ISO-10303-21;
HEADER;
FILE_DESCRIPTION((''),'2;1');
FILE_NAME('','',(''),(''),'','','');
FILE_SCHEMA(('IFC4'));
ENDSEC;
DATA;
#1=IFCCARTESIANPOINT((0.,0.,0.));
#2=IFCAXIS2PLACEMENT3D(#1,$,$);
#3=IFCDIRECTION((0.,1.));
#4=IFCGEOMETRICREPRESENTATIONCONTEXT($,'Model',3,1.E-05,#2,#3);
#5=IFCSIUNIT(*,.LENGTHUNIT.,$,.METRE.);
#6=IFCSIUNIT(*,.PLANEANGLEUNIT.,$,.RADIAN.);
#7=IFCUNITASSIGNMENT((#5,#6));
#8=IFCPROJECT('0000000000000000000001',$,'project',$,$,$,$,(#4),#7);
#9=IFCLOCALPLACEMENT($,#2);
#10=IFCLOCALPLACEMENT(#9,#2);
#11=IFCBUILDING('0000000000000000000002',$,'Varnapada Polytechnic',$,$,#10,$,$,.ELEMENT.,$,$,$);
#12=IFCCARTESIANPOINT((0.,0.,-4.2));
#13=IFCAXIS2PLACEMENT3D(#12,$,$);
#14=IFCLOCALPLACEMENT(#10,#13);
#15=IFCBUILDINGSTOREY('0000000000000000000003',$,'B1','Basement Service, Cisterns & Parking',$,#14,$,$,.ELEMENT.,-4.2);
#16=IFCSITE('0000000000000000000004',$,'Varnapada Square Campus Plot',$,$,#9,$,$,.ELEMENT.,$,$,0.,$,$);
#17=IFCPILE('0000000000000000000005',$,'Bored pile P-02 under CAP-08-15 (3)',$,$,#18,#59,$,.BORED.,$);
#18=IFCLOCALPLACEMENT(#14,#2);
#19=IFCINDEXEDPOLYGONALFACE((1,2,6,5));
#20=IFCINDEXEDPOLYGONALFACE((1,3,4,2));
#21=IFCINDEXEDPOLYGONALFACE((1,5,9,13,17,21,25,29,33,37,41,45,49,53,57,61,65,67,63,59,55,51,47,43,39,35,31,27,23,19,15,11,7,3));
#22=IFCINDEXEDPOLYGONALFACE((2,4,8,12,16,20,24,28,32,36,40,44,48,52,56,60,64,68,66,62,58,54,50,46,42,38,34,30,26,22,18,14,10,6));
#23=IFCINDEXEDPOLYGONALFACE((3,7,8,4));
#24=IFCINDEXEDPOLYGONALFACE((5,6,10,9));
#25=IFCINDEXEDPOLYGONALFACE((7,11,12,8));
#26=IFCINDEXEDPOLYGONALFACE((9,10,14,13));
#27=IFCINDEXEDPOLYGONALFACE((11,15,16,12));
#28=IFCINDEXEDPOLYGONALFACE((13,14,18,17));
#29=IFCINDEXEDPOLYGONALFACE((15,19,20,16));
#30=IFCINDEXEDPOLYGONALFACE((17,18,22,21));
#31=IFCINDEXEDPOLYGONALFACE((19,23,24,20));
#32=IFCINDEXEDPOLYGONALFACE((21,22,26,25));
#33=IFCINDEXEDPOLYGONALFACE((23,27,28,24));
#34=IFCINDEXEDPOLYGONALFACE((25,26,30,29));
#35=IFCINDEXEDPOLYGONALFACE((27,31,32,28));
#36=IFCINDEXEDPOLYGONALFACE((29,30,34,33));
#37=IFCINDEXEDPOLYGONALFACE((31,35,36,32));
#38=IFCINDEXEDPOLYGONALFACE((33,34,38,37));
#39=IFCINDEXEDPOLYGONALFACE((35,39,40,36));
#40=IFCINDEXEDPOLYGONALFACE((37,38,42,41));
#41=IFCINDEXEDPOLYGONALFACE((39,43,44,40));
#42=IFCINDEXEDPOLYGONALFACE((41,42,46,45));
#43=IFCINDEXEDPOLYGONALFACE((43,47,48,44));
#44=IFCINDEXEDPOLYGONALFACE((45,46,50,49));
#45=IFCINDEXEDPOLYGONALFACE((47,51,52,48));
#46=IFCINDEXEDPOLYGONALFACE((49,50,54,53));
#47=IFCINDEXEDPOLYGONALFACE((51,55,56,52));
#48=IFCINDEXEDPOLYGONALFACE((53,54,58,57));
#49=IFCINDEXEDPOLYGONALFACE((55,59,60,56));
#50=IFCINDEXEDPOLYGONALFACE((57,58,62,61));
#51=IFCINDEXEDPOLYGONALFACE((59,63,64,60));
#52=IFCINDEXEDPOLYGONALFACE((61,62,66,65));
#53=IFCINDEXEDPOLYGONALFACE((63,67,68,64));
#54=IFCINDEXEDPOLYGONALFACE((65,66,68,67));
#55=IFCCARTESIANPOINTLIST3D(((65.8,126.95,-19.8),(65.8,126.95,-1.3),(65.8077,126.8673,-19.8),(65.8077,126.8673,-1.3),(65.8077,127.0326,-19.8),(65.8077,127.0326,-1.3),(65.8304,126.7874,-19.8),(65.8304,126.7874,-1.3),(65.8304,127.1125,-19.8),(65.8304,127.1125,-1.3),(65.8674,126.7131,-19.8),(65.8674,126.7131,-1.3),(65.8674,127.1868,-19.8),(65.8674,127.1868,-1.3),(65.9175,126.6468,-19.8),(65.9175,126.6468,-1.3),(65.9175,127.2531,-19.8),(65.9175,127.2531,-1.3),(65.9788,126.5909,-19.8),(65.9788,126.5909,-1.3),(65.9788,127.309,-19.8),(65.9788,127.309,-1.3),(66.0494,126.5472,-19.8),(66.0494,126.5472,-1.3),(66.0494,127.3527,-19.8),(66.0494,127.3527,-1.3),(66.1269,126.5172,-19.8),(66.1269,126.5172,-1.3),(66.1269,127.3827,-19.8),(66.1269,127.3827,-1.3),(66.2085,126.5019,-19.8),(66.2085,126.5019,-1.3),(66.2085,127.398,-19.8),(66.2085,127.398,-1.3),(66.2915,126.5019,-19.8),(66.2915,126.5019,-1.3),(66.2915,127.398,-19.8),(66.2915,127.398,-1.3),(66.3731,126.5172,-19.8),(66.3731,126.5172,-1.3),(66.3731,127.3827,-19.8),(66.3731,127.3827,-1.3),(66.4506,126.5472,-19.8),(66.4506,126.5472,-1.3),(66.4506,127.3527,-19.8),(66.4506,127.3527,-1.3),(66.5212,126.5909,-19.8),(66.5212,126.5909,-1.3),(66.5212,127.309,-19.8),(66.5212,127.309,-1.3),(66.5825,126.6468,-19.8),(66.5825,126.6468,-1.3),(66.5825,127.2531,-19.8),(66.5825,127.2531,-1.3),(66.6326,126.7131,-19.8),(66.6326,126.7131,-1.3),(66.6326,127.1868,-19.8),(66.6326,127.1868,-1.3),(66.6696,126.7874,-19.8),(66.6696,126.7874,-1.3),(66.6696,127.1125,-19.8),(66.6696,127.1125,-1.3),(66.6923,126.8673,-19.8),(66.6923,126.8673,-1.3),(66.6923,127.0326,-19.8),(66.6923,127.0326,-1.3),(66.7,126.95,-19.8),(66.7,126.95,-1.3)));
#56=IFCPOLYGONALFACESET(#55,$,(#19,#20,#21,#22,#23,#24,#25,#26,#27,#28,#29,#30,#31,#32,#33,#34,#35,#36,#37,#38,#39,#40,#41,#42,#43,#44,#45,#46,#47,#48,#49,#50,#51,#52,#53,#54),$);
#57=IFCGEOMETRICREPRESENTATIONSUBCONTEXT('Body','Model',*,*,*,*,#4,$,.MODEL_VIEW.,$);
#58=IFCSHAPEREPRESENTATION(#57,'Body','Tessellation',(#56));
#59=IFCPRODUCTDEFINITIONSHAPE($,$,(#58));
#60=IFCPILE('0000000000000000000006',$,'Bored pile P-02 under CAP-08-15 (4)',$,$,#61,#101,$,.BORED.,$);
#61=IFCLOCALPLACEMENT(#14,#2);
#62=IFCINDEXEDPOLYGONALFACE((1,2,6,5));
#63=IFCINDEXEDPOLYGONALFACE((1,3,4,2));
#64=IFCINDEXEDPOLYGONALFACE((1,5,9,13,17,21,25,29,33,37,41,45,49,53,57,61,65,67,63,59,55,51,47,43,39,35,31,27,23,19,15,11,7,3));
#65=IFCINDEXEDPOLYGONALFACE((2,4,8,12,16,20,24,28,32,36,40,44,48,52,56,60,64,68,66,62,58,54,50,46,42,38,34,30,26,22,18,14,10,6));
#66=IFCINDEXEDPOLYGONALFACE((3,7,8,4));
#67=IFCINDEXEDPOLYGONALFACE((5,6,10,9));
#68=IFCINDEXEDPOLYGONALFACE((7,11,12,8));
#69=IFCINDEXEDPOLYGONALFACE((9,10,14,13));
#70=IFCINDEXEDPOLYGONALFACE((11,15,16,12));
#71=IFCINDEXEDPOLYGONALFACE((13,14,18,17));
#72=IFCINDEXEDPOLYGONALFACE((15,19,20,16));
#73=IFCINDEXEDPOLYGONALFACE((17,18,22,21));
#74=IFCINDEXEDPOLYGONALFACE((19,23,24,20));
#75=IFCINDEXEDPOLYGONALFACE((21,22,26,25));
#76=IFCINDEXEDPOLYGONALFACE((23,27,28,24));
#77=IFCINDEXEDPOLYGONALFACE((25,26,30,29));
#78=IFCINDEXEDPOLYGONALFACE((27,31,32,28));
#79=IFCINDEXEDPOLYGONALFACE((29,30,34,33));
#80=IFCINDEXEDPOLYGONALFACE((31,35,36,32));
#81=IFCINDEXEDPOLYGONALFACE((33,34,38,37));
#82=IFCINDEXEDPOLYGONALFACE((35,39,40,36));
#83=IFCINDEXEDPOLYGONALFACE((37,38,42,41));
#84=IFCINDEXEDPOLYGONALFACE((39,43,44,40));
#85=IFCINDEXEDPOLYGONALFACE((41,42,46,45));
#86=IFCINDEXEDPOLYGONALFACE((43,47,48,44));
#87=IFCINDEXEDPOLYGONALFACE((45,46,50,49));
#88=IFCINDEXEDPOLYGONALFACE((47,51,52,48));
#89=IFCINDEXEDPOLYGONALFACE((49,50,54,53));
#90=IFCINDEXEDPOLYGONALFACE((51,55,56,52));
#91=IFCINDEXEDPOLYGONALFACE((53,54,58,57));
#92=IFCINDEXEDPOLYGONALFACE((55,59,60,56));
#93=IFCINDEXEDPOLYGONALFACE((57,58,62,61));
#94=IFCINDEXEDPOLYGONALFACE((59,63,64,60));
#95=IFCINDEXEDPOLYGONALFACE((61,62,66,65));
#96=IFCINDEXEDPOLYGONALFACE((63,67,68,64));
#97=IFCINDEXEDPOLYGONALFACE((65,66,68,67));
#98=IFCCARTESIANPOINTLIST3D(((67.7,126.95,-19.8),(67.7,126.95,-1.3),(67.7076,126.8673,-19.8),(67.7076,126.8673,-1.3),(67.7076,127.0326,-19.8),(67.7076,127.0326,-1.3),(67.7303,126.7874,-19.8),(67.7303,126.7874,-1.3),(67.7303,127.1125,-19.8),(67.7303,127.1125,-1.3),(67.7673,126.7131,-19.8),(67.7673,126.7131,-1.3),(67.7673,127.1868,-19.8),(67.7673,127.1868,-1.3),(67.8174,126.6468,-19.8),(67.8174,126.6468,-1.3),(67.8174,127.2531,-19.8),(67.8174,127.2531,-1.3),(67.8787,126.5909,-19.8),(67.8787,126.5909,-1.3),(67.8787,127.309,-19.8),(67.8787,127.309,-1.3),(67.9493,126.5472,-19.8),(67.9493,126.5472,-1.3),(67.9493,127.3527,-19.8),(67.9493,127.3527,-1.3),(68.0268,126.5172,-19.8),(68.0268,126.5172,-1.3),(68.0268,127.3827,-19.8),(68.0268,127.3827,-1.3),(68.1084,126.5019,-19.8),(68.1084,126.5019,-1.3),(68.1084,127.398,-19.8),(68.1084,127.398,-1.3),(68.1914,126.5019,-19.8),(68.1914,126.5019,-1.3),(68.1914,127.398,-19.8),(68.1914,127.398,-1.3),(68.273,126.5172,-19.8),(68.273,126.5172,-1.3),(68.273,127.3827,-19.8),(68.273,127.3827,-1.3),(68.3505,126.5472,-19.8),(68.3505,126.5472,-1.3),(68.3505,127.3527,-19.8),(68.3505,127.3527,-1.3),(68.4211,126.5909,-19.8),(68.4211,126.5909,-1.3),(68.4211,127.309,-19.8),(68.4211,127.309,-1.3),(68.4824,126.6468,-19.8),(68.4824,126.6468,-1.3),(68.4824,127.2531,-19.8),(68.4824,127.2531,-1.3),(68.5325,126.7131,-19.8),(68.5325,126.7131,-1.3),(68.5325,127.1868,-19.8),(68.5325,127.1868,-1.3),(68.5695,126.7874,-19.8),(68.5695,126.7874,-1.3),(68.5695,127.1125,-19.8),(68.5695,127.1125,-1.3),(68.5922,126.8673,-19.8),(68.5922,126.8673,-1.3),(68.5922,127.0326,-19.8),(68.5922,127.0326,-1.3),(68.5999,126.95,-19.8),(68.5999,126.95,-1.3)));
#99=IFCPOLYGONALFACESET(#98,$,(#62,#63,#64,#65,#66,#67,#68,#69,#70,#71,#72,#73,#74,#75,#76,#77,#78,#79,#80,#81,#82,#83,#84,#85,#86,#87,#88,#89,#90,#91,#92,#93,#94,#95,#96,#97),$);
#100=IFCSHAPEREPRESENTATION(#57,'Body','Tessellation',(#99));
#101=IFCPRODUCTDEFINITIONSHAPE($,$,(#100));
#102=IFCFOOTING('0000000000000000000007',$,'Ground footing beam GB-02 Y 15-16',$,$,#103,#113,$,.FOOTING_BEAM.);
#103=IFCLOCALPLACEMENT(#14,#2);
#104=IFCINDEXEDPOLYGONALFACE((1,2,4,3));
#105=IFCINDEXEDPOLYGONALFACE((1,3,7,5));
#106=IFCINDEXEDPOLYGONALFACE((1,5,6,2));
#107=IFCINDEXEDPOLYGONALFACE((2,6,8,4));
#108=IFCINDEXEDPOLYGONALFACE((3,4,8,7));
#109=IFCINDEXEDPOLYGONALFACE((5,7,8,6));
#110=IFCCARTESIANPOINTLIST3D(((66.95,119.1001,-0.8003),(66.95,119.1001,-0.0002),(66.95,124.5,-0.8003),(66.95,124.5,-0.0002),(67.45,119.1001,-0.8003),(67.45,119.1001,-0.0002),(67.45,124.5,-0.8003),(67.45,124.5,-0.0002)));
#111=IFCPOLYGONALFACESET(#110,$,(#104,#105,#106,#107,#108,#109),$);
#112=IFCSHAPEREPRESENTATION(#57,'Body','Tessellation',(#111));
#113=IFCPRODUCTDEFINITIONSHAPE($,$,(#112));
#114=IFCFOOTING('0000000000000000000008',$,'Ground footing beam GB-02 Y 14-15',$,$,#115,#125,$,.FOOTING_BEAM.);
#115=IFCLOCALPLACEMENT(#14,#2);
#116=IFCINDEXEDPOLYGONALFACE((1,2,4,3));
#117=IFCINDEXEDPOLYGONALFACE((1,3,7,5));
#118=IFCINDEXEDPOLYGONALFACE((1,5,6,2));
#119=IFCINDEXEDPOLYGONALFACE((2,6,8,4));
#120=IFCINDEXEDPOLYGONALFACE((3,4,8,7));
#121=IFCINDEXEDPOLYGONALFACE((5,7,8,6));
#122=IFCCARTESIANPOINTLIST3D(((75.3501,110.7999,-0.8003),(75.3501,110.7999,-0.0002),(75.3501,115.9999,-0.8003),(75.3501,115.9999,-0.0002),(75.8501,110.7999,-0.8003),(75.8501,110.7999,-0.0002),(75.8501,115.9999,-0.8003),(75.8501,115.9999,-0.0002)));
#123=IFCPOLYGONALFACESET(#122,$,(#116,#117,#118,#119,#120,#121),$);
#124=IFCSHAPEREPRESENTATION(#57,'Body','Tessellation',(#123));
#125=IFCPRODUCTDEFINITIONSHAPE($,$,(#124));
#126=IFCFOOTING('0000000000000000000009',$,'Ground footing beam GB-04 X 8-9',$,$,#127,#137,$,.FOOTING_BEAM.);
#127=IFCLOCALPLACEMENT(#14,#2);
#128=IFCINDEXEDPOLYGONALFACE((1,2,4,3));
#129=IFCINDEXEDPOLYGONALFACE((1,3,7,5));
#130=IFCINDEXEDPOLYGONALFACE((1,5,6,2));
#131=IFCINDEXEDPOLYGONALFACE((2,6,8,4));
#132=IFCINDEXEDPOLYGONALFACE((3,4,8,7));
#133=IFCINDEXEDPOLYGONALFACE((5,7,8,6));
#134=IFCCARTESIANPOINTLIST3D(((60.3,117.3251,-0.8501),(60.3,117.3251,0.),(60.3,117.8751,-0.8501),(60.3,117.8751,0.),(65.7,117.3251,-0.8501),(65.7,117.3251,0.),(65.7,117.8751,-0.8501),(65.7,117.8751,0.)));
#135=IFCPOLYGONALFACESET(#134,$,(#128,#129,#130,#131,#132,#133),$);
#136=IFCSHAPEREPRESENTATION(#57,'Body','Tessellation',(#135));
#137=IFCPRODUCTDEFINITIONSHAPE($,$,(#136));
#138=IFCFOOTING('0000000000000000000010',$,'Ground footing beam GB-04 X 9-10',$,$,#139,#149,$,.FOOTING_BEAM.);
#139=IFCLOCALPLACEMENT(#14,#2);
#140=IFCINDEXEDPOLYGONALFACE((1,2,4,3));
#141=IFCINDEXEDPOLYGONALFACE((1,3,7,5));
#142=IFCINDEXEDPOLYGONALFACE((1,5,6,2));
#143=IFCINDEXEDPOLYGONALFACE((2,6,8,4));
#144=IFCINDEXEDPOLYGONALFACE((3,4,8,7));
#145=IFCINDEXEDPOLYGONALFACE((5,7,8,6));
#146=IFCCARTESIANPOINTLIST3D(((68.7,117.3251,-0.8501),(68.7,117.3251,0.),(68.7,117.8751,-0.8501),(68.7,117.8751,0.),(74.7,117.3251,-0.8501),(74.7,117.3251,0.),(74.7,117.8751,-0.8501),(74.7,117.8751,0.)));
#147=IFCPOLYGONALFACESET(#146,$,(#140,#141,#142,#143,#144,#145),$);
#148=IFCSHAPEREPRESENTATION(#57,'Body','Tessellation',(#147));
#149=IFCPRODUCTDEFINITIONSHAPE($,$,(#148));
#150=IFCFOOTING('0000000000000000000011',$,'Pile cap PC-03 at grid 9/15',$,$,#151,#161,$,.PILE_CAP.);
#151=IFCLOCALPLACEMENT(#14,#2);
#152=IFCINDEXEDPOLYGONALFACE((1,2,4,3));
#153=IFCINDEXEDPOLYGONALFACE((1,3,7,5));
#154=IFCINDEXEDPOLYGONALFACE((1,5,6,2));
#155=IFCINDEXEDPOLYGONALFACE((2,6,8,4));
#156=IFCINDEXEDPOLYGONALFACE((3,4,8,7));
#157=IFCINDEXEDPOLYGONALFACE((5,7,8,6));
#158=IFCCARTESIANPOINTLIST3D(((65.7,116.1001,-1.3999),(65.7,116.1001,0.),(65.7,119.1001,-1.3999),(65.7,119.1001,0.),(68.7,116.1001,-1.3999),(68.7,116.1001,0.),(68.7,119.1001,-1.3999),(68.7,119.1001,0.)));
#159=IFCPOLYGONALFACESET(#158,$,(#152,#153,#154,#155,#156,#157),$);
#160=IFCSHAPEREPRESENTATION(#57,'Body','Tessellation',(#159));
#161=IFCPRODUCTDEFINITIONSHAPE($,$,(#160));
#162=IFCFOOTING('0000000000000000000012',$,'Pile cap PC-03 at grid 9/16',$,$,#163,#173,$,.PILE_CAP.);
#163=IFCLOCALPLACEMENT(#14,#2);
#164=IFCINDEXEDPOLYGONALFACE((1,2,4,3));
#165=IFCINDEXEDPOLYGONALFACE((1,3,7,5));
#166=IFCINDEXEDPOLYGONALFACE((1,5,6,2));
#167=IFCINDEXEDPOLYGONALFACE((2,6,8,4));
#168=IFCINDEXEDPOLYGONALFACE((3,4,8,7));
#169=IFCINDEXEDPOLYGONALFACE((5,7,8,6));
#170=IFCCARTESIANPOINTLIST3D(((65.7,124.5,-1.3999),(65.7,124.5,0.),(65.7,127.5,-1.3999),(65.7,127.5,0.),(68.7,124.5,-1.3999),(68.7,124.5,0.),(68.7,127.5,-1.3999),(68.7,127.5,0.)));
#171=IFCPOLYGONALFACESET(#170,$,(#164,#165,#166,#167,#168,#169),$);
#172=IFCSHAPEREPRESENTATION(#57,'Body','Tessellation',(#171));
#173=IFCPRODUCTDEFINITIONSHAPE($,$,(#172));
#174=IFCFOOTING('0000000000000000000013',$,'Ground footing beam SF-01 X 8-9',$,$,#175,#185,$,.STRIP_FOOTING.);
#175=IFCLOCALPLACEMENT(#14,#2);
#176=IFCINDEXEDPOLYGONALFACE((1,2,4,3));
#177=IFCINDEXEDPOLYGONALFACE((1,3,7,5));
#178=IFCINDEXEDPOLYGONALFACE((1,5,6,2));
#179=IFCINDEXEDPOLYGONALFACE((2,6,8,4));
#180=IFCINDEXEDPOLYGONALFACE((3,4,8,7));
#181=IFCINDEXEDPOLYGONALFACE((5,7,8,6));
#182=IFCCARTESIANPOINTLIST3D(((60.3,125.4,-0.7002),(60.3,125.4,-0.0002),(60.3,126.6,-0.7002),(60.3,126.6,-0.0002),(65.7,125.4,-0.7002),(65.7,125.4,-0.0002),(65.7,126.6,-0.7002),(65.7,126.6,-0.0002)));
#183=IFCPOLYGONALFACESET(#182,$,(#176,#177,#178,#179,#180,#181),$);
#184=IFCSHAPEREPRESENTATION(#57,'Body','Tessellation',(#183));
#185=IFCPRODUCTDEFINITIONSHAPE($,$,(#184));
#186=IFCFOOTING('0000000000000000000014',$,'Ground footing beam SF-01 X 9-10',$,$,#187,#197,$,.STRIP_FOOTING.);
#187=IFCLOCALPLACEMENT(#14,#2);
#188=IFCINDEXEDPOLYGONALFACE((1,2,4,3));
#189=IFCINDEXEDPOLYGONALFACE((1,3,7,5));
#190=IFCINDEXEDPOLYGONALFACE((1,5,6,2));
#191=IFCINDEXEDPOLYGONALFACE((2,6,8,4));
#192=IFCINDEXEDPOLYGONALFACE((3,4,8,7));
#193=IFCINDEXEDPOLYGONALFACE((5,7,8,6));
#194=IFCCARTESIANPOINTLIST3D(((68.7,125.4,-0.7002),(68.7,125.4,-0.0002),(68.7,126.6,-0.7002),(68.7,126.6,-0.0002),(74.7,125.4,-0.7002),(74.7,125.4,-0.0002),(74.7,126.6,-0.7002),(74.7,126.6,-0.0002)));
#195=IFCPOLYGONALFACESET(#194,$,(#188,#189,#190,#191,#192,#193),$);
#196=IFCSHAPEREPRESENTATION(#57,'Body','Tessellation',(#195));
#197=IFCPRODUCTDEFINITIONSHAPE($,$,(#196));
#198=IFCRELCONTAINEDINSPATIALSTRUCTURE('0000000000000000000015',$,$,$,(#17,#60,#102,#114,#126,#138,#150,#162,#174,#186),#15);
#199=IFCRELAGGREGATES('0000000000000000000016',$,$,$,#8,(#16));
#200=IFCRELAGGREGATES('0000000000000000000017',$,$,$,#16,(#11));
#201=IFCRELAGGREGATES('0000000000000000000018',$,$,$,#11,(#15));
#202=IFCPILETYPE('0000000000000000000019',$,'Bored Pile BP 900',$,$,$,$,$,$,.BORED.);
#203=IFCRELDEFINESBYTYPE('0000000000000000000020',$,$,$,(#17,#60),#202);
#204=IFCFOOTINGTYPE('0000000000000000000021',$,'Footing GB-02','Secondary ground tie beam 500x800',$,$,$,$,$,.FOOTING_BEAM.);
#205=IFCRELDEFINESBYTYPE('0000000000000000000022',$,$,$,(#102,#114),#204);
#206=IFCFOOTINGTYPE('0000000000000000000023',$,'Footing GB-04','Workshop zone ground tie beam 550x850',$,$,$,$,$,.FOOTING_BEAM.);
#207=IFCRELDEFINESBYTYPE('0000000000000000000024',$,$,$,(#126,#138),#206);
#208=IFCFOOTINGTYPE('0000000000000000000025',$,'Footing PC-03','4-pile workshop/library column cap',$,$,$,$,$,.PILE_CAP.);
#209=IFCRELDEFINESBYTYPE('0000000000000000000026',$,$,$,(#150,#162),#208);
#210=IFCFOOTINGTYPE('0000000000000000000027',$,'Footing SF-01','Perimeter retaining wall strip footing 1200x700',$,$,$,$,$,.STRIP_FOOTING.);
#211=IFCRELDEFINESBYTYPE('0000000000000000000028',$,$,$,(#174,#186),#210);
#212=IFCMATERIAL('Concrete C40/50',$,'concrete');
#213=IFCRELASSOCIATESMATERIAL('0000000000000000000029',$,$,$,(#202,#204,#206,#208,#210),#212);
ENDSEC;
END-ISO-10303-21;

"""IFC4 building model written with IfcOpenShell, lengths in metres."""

from ifc_helpers import new_model, si_unit, direction, frame, origin, origin_2d, place, context, subcontext, project, spatial, rectangle, circle, extrude, material, material_profile, profile_set, type_object, element, save


model = new_model("IFC4")

# Units and contexts
model_context = context("Model", 3, precision=1e-05, world=origin(), true_north=direction((0.0, 1.0)))
body_context = subcontext(model_context, "Body", "Model", "MODEL_VIEW")
ifc_project = project(units=[si_unit("LENGTHUNIT", "METRE"), si_unit("PLANEANGLEUNIT", "RADIAN")], contexts=[model_context])

# Site, building, storey
site_placement = place(None, origin())
site = spatial("IfcSite", under=ifc_project, at=site_placement, Name="Varnapada Square Campus Plot", CompositionType="ELEMENT", RefElevation=0.0)
building_placement = place(site_placement, origin())
building = spatial("IfcBuilding", under=site, at=building_placement, Name="Varnapada Polytechnic", CompositionType="ELEMENT")
storey_placement = place(building_placement, frame((0.0, 0.0, -4.2)))
storey = spatial("IfcBuildingStorey", under=building, at=storey_placement, Name="B1", Description="Basement Service, Cisterns & Parking", CompositionType="ELEMENT", Elevation=-4.2)

# Piles
ifc_material_1 = material(Name="Concrete C40/50", Category="concrete")
ifc_material_profile_1 = material_profile(ifc_material_1, circle(Radius=0.45, at=origin_2d()), Name="BP 900")
ifc_profile_set_1 = profile_set([ifc_material_profile_1], Name="Concrete C40/50")
pile_type_1 = type_object("IfcPileType", Name="Bored Pile BP 900", PredefinedType="BORED", material=ifc_profile_set_1)
for number, where, z_axis, x_axis, name in (
    (1, (66.25, 126.95, -1.3), (0.0, 0.0, -1.0), (1.0, 0.0, 0.0), "Bored pile P-02 under CAP-08-15 (3)"),
    (2, (68.1499, 126.95, -1.3), (0.0, 0.0, -1.0), (1.0, 0.0, 0.0), "Bored pile P-02 under CAP-08-15 (4)"),
):
    element("IfcPile", number, at=place(storey_placement, frame(where, z_axis=z_axis, x_axis=x_axis)), inside=storey, type_object=pile_type_1, Name=name, PredefinedType="BORED", context=body_context, shape_type="SweptSolid", body=[
        extrude(circle(Radius=0.45, at=origin_2d()), origin(), (0.0, 0.0, 1.0), 18.5),
    ])

# Footings
footing_type_1 = type_object("IfcFootingType", Name="Footing GB-02", Description="Secondary ground tie beam 500x800", PredefinedType="FOOTING_BEAM", material=ifc_material_1)
footing_1_placement = place(storey_placement, frame((67.2, 121.8, -0.8003), z_axis=(0.0, 0.0, 1.0), x_axis=(0.0, 1.0, 0.0)))
element("IfcFooting", 3, at=footing_1_placement, inside=storey, type_object=footing_type_1, Name="Ground footing beam GB-02 Y 15-16", PredefinedType="FOOTING_BEAM", context=body_context, shape_type="SweptSolid", body=[
    extrude(rectangle(XDim=5.3999, YDim=0.5, at=origin_2d()), origin(), (0.0, 0.0, 1.0), 0.8),
])
footing_2_placement = place(storey_placement, frame((75.6001, 113.3999, -0.8003), z_axis=(0.0, 0.0, 1.0), x_axis=(0.0, 1.0, 0.0)))
element("IfcFooting", 4, at=footing_2_placement, inside=storey, type_object=footing_type_1, Name="Ground footing beam GB-02 Y 14-15", PredefinedType="FOOTING_BEAM", context=body_context, shape_type="SweptSolid", body=[
    extrude(rectangle(XDim=5.2, YDim=0.5, at=origin_2d()), origin(), (0.0, 0.0, 1.0), 0.8),
])
footing_type_2 = type_object("IfcFootingType", Name="Footing GB-04", Description="Workshop zone ground tie beam 550x850", PredefinedType="FOOTING_BEAM", material=ifc_material_1)
footing_3_placement = place(storey_placement, frame((63.0, 117.6001, -0.8501), z_axis=(0.0, 0.0, 1.0), x_axis=(1.0, 0.0, 0.0)))
element("IfcFooting", 5, at=footing_3_placement, inside=storey, type_object=footing_type_2, Name="Ground footing beam GB-04 X 8-9", PredefinedType="FOOTING_BEAM", context=body_context, shape_type="SweptSolid", body=[
    extrude(rectangle(XDim=5.3999, YDim=0.55, at=origin_2d()), origin(), (0.0, 0.0, 1.0), 0.8501),
])
footing_4_placement = place(storey_placement, frame((71.7, 117.6001, -0.8501), z_axis=(0.0, 0.0, 1.0), x_axis=(1.0, 0.0, 0.0)))
element("IfcFooting", 6, at=footing_4_placement, inside=storey, type_object=footing_type_2, Name="Ground footing beam GB-04 X 9-10", PredefinedType="FOOTING_BEAM", context=body_context, shape_type="SweptSolid", body=[
    extrude(rectangle(XDim=6.0, YDim=0.55, at=origin_2d()), origin(), (0.0, 0.0, 1.0), 0.8501),
])
footing_type_3 = type_object("IfcFootingType", Name="Footing PC-03", Description="4-pile workshop/library column cap", PredefinedType="PILE_CAP", material=ifc_material_1)
for number, where, z_axis, x_axis, name in (
    (7, (67.2, 117.6001, -1.3999), (0.0, 0.0, 1.0), (1.0, 0.0, 0.0), "Pile cap PC-03 at grid 9/15"),
    (8, (67.2, 126.0, -1.3999), (0.0, 0.0, 1.0), (1.0, 0.0, 0.0), "Pile cap PC-03 at grid 9/16"),
):
    element("IfcFooting", number, at=place(storey_placement, frame(where, z_axis=z_axis, x_axis=x_axis)), inside=storey, type_object=footing_type_3, Name=name, PredefinedType="PILE_CAP", context=body_context, shape_type="SweptSolid", body=[
        extrude(rectangle(XDim=3.0, YDim=3.0, at=origin_2d()), origin(), (0.0, 0.0, 1.0), 1.3999),
    ])
footing_type_4 = type_object("IfcFootingType", Name="Footing SF-01", Description="Perimeter retaining wall strip footing 1200x700", PredefinedType="STRIP_FOOTING", material=ifc_material_1)
footing_5_placement = place(storey_placement, frame((63.0, 126.0, -0.7002), z_axis=(0.0, 0.0, 1.0), x_axis=(1.0, 0.0, 0.0)))
element("IfcFooting", 9, at=footing_5_placement, inside=storey, type_object=footing_type_4, Name="Ground footing beam SF-01 X 8-9", PredefinedType="STRIP_FOOTING", context=body_context, shape_type="SweptSolid", body=[
    extrude(rectangle(XDim=5.3999, YDim=1.2, at=origin_2d()), origin(), (0.0, 0.0, 1.0), 0.7),
])
footing_6_placement = place(storey_placement, frame((71.7, 126.0, -0.7002), z_axis=(0.0, 0.0, 1.0), x_axis=(1.0, 0.0, 0.0)))
element("IfcFooting", 10, at=footing_6_placement, inside=storey, type_object=footing_type_4, Name="Ground footing beam SF-01 X 9-10", PredefinedType="STRIP_FOOTING", context=body_context, shape_type="SweptSolid", body=[
    extrude(rectangle(XDim=6.0, YDim=1.2, at=origin_2d()), origin(), (0.0, 0.0, 1.0), 0.7),
])

save(model, "model.ifc")
